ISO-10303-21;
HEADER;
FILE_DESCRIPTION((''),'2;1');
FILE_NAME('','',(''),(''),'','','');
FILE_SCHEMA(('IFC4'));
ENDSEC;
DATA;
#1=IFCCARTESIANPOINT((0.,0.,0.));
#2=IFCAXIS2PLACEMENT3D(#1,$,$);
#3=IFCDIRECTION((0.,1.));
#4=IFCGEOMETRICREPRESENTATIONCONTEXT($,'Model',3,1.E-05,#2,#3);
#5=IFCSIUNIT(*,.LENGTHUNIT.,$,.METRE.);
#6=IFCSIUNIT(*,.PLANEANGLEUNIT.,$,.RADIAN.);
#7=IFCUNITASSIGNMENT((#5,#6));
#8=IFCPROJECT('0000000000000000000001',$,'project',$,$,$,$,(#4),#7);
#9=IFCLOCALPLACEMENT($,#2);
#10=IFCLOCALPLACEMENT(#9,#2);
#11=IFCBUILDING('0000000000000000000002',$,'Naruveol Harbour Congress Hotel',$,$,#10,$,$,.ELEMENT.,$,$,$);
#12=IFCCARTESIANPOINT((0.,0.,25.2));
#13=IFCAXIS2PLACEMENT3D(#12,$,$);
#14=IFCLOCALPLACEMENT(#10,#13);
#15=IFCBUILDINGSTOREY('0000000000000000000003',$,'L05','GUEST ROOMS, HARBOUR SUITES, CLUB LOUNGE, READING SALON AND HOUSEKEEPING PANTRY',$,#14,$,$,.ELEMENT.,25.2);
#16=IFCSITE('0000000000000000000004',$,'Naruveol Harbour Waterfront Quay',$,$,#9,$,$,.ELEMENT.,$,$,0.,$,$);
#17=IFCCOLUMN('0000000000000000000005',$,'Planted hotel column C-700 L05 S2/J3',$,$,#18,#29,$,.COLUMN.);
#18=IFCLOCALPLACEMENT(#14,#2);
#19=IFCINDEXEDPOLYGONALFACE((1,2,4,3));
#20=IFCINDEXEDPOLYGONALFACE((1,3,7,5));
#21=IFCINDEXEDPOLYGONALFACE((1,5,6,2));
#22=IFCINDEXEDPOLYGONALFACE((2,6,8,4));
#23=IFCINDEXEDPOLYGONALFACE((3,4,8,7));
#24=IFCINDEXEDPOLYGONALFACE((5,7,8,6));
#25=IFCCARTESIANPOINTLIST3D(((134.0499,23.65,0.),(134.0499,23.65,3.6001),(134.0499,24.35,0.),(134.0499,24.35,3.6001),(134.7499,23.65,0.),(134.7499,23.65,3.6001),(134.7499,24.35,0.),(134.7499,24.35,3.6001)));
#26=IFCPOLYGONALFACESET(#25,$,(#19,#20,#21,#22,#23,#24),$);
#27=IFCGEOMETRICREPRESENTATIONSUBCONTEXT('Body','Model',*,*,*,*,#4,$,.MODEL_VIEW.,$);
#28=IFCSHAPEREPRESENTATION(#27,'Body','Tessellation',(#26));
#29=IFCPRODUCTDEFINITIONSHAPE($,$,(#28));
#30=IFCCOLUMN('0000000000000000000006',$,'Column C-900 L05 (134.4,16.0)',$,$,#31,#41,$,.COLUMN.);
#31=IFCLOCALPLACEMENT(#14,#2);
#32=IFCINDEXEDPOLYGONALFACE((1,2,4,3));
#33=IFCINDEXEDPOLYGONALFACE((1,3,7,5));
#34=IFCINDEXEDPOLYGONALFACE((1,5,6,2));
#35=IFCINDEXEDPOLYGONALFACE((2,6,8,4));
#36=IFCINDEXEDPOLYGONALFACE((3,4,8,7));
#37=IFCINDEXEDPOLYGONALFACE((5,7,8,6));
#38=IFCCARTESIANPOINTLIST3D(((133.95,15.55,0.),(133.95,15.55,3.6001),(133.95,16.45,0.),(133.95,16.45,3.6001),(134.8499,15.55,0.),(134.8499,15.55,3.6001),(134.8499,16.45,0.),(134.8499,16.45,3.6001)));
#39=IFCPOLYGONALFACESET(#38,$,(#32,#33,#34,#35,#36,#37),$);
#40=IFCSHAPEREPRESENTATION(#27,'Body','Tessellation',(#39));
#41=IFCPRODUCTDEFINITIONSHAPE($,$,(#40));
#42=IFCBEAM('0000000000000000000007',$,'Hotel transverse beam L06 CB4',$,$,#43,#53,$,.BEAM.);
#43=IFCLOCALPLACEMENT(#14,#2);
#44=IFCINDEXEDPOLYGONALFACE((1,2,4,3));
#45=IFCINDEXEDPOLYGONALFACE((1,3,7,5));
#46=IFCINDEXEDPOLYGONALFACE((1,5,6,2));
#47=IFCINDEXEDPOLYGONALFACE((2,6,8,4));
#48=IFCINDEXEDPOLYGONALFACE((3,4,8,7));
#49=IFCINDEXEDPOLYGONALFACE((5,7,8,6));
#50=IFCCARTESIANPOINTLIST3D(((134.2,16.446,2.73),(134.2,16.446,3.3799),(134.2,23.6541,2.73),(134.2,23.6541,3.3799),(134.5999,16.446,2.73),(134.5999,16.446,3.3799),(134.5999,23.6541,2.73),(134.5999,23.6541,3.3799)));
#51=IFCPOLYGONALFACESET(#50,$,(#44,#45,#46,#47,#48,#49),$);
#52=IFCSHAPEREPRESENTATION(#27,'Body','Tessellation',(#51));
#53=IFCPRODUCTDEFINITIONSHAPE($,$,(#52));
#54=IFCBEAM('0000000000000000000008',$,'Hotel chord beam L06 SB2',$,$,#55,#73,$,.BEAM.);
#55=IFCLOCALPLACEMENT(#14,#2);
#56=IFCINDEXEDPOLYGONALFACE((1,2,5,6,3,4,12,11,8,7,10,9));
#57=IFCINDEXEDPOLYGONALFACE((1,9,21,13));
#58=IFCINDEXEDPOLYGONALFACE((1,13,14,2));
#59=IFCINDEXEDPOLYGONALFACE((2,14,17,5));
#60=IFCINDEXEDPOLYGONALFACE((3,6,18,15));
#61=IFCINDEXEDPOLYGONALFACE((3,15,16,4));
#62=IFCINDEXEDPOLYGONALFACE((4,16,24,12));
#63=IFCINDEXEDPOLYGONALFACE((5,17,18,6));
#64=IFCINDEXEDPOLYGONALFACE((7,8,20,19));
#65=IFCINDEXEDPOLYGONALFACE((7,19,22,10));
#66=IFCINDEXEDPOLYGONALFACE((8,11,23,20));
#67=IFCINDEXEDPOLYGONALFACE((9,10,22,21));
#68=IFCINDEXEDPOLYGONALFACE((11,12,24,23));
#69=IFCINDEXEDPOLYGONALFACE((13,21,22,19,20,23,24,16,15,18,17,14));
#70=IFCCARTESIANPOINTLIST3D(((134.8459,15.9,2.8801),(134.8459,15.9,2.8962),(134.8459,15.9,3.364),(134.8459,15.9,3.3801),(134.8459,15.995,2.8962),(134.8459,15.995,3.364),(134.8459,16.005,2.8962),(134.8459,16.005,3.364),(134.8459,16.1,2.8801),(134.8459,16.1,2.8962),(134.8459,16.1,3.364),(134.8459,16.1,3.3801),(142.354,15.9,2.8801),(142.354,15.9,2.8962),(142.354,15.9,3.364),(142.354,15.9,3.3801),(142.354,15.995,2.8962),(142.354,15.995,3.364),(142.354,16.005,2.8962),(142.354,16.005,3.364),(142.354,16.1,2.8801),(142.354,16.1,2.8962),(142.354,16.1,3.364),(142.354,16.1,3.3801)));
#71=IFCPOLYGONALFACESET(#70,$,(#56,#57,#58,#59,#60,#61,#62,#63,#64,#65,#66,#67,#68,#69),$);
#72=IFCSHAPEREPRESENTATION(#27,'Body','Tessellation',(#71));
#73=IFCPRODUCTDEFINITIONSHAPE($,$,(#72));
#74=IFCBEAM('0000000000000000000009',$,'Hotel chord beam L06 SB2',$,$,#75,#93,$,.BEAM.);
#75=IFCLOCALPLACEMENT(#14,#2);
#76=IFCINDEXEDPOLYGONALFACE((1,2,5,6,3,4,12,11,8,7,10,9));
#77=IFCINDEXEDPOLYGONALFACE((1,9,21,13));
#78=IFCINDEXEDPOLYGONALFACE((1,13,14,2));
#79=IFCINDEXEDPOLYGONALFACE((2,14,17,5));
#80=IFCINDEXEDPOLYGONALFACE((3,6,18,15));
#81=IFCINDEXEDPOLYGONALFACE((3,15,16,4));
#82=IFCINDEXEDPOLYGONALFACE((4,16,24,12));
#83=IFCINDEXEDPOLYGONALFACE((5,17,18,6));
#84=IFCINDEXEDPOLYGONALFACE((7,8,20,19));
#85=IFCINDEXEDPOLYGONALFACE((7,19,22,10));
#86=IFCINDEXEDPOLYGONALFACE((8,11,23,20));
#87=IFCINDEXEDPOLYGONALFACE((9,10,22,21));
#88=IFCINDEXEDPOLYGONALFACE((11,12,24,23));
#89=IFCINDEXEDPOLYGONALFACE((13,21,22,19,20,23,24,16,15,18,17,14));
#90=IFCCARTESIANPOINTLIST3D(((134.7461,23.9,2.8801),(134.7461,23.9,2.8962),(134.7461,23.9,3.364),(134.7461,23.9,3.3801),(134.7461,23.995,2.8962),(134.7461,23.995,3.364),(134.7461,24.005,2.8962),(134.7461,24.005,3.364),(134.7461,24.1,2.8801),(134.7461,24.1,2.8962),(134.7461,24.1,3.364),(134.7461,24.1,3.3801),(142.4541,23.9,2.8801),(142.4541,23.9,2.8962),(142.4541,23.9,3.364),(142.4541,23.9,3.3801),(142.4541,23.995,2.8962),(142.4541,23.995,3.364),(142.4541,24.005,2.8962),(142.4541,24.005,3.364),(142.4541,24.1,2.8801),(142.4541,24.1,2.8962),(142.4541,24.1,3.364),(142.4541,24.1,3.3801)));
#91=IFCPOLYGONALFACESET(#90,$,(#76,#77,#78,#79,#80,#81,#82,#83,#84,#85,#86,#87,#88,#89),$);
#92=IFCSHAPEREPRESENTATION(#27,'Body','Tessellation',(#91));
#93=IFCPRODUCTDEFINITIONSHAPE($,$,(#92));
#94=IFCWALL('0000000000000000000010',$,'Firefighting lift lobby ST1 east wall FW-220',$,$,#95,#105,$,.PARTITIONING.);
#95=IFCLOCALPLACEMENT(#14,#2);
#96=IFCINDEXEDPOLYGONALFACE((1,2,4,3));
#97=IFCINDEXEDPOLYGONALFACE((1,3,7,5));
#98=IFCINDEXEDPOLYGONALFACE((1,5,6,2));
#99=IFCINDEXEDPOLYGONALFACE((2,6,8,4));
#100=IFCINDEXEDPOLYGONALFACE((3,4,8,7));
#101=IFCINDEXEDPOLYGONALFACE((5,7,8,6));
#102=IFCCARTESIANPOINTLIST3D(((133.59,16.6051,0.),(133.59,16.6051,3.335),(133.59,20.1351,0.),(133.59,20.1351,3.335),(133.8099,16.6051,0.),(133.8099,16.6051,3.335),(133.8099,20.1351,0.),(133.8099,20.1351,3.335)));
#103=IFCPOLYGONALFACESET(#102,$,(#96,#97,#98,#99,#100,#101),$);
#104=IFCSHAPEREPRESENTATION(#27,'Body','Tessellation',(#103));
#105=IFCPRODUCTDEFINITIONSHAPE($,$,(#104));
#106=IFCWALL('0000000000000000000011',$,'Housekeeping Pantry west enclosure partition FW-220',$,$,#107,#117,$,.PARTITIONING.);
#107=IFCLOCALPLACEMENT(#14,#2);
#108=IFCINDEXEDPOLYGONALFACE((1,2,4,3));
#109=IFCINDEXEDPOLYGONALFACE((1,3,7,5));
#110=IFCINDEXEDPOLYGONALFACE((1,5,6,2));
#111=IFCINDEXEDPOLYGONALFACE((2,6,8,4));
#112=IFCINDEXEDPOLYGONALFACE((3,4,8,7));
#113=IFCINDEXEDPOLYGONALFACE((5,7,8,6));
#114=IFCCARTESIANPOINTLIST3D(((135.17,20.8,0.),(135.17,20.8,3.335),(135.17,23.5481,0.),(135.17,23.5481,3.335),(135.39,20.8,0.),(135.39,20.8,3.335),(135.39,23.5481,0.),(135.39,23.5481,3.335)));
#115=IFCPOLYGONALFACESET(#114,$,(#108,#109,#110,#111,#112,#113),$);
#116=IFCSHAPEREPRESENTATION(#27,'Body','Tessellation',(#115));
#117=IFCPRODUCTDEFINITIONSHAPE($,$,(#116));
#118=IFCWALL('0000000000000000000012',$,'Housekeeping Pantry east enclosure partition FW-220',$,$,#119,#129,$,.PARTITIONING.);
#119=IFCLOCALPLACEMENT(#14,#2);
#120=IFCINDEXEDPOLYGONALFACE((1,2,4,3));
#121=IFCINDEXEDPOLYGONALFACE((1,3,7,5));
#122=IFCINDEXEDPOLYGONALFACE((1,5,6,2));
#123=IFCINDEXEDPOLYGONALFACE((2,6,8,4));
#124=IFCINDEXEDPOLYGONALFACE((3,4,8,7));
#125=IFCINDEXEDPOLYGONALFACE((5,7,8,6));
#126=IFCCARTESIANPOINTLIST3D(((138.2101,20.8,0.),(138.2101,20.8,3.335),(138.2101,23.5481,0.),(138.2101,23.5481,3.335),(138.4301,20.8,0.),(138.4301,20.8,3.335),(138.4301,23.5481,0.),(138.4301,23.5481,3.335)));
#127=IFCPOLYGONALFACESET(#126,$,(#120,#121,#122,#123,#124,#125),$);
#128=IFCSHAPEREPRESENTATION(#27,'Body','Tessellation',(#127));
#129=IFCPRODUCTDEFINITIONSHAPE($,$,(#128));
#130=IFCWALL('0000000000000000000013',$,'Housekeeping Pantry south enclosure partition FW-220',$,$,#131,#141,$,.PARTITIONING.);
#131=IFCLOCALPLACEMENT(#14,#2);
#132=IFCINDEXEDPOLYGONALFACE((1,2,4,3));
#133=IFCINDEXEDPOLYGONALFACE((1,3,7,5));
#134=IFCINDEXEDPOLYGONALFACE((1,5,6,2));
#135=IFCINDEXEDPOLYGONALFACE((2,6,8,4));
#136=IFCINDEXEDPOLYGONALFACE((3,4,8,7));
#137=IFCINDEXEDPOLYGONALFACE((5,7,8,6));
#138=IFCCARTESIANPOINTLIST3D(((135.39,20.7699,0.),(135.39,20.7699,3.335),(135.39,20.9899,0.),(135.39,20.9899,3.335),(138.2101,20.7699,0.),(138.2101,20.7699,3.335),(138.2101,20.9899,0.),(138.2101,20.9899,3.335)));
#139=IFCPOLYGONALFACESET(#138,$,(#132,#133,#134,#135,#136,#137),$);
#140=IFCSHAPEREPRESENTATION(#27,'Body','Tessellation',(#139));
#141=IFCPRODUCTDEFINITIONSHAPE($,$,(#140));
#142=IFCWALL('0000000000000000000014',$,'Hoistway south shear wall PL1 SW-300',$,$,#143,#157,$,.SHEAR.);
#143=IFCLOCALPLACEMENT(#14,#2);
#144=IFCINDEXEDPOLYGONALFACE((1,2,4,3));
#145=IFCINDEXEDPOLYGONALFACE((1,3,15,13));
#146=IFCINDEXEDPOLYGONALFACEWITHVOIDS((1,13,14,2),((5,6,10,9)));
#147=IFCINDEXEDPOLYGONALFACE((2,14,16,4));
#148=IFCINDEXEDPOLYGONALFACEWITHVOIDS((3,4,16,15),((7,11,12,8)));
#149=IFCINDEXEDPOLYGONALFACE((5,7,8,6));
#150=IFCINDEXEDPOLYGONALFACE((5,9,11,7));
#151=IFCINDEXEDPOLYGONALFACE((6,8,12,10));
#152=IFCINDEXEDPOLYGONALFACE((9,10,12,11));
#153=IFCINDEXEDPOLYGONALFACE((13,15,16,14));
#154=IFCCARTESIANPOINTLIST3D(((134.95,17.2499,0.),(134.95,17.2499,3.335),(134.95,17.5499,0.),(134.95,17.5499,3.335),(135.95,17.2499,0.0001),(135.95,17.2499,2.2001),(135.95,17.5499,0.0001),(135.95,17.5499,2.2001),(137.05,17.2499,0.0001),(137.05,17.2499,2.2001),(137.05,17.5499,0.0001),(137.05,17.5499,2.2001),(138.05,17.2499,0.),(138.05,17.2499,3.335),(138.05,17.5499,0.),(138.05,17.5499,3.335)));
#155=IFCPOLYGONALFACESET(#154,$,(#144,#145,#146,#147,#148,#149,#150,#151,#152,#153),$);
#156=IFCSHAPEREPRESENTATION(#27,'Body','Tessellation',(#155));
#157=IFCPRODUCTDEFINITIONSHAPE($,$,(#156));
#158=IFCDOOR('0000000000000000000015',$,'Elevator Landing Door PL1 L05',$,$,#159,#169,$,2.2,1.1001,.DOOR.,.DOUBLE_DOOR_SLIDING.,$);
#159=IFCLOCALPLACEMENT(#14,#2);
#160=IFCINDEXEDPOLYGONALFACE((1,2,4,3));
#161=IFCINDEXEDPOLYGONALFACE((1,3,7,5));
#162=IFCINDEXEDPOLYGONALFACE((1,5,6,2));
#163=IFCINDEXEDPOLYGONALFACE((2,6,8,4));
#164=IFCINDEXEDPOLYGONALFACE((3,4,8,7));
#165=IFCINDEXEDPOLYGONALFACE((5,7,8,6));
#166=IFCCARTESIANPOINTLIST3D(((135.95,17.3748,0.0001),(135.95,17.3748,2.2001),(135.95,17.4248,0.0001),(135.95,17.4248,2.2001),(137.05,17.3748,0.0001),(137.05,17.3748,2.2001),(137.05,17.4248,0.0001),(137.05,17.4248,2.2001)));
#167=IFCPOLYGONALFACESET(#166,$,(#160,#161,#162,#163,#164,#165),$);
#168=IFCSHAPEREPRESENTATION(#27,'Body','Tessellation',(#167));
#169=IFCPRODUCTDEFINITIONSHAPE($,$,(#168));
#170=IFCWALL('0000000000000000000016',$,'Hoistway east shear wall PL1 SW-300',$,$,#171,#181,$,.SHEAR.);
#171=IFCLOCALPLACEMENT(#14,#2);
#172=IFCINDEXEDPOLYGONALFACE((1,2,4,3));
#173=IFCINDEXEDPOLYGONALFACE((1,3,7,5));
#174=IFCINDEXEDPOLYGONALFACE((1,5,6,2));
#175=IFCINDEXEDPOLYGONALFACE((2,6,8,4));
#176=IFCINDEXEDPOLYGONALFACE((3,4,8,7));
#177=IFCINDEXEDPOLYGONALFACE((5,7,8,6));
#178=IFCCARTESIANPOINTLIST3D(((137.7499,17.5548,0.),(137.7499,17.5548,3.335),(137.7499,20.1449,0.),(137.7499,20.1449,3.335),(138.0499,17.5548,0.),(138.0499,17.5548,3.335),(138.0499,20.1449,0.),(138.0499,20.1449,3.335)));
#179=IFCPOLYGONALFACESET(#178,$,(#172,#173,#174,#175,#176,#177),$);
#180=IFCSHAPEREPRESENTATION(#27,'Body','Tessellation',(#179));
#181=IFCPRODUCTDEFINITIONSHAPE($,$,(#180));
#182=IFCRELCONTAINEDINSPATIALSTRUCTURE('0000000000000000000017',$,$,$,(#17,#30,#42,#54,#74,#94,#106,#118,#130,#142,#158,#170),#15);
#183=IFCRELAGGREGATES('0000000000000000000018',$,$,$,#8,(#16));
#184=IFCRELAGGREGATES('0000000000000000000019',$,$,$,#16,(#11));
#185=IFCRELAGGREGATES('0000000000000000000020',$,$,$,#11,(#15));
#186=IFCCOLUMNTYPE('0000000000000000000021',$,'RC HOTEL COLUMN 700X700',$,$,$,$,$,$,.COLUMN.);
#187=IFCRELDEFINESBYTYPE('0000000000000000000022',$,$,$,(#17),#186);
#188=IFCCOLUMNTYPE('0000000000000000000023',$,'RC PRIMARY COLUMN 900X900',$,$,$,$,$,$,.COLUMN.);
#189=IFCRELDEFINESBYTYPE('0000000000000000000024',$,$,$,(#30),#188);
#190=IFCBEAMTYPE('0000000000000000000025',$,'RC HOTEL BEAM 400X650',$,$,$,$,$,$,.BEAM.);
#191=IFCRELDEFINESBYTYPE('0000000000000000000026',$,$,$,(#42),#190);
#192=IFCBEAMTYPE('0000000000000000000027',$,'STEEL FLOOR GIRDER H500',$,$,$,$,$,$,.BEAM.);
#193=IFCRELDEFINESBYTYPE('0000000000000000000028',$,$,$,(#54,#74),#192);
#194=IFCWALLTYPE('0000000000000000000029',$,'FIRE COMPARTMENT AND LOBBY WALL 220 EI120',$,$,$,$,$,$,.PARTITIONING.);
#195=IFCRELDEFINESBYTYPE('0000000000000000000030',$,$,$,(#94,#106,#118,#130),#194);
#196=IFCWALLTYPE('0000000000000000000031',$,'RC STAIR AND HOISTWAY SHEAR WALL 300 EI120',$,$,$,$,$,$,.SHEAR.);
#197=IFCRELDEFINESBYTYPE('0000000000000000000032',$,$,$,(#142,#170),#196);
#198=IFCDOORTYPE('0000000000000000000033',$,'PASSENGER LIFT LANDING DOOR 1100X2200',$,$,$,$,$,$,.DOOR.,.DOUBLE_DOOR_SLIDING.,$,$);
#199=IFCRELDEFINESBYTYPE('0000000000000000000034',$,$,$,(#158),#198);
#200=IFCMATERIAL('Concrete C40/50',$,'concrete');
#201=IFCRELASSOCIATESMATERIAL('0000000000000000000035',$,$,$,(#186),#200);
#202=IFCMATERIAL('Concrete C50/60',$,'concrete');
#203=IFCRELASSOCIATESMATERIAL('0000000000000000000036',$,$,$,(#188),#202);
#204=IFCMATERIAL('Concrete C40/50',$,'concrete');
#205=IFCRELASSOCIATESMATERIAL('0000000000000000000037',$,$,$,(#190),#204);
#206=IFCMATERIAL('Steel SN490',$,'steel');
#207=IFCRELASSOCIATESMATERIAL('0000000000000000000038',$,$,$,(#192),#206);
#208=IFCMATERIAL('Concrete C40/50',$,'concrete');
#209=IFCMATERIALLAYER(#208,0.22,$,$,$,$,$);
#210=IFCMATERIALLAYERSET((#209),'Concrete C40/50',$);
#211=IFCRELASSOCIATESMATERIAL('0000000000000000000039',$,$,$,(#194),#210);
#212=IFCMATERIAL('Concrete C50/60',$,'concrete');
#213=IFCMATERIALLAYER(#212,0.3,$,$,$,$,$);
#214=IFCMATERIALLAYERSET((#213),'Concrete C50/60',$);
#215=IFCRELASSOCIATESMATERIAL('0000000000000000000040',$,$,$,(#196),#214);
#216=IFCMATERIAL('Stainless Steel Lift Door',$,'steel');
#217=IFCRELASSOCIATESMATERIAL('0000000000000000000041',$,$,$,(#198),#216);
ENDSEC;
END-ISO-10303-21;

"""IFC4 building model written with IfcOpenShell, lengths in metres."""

from ifc_helpers import new_model, si_unit, direction, frame, frame_2d, origin, origin_2d, place, context, subcontext, project, spatial, rectangle, i_section, extrude, material, layer, layer_set, material_profile, profile_set, type_object, element, fill, save


model = new_model("IFC4")

# Units and contexts
model_context = context("Model", 3, precision=1e-05, world=origin(), true_north=direction((0.0, 1.0)))
body_context = subcontext(model_context, "Body", "Model", "MODEL_VIEW")
ifc_project = project(units=[si_unit("LENGTHUNIT", "METRE"), si_unit("PLANEANGLEUNIT", "RADIAN")], contexts=[model_context])

# Site, building, storey
site_placement = place(None, origin())
site = spatial("IfcSite", under=ifc_project, at=site_placement, Name="Naruveol Harbour Waterfront Quay", CompositionType="ELEMENT", RefElevation=0.0)
building_placement = place(site_placement, origin())
building = spatial("IfcBuilding", under=site, at=building_placement, Name="Naruveol Harbour Congress Hotel", CompositionType="ELEMENT")
storey_placement = place(building_placement, frame((0.0, 0.0, 25.2)))
storey = spatial("IfcBuildingStorey", under=building, at=storey_placement, Name="L05", Description="GUEST ROOMS, HARBOUR SUITES, CLUB LOUNGE, READING SALON AND HOUSEKEEPING PANTRY", CompositionType="ELEMENT", Elevation=25.2)

# Columns
ifc_material_1 = material(Name="Concrete C40/50", Category="concrete")
ifc_material_profile_1 = material_profile(ifc_material_1, rectangle(XDim=0.7, YDim=0.7, at=origin_2d()), Name="RC-700x700")
ifc_profile_set_1 = profile_set([ifc_material_profile_1], Name="Concrete C40/50")
column_type_1 = type_object("IfcColumnType", Name="RC HOTEL COLUMN 700X700", PredefinedType="COLUMN", material=ifc_profile_set_1)
column_1_placement = place(storey_placement, frame((134.3999, 24.0, 0.0), z_axis=(0.0, 0.0, 1.0), x_axis=(1.0, 0.0, 0.0)))
element("IfcColumn", 1, at=column_1_placement, inside=storey, type_object=column_type_1, Name="Planted hotel column C-700 L05 S2/J3", PredefinedType="COLUMN", context=body_context, shape_type="SweptSolid", body=[
    extrude(rectangle(XDim=0.7, YDim=0.7, at=origin_2d()), origin(), (0.0, 0.0, 1.0), 3.6001),
])
ifc_material_2 = material(Name="Concrete C50/60", Category="concrete")
ifc_material_profile_2 = material_profile(ifc_material_2, rectangle(XDim=0.8999, YDim=0.8999, at=origin_2d()), Name="RC-900x900")
ifc_profile_set_2 = profile_set([ifc_material_profile_2], Name="Concrete C50/60")
column_type_2 = type_object("IfcColumnType", Name="RC PRIMARY COLUMN 900X900", PredefinedType="COLUMN", material=ifc_profile_set_2)
column_2_placement = place(storey_placement, frame((134.3999, 16.0, 0.0), z_axis=(0.0, 0.0, 1.0), x_axis=(1.0, 0.0, 0.0)))
element("IfcColumn", 2, at=column_2_placement, inside=storey, type_object=column_type_2, Name="Column C-900 L05 (134.4,16.0)", PredefinedType="COLUMN", context=body_context, shape_type="SweptSolid", body=[
    extrude(rectangle(XDim=0.8999, YDim=0.8999, at=origin_2d()), origin(), (0.0, 0.0, 1.0), 3.6001),
])

# Beams
ifc_material_3 = material(Name="Concrete C40/50", Category="concrete")
ifc_material_profile_3 = material_profile(ifc_material_3, rectangle(XDim=0.3999, YDim=0.6499, at=origin_2d()), Name="RCB-400x650")
ifc_profile_set_3 = profile_set([ifc_material_profile_3], Name="Concrete C40/50")
beam_type_1 = type_object("IfcBeamType", Name="RC HOTEL BEAM 400X650", PredefinedType="BEAM", material=ifc_profile_set_3)
beam_1_placement = place(storey_placement, frame((134.3999, 16.446, 3.0549), z_axis=(0.0, 1.0, 0.0), x_axis=(-1.0, 0.0, 0.0)))
element("IfcBeam", 3, at=beam_1_placement, inside=storey, type_object=beam_type_1, Name="Hotel transverse beam L06 CB4", PredefinedType="BEAM", context=body_context, shape_type="SweptSolid", body=[
    extrude(rectangle(XDim=0.3999, YDim=0.6499, at=origin_2d()), origin(), (0.0, 0.0, 1.0), 7.208),
])
ifc_material_4 = material(Name="Steel SN490", Category="steel")
ifc_material_profile_4 = material_profile(ifc_material_4, i_section(OverallWidth=0.2, OverallDepth=0.5, WebThickness=0.01, FlangeThickness=0.0161, at=origin_2d()), Name="H-500x200x10x16")
ifc_profile_set_4 = profile_set([ifc_material_profile_4], Name="Steel SN490")
beam_type_2 = type_object("IfcBeamType", Name="STEEL FLOOR GIRDER H500", PredefinedType="BEAM", material=ifc_profile_set_4)
beam_2_placement = place(storey_placement, frame((134.8459, 16.0, 3.1301), z_axis=(1.0, 0.0, 0.0), x_axis=(0.0, 1.0, 0.0)))
element("IfcBeam", 4, at=beam_2_placement, inside=storey, type_object=beam_type_2, Name="Hotel chord beam L06 SB2", PredefinedType="BEAM", context=body_context, shape_type="SweptSolid", body=[
    extrude(i_section(OverallWidth=0.2, OverallDepth=0.5, WebThickness=0.01, FlangeThickness=0.0161, at=origin_2d()), origin(), (0.0, 0.0, 1.0), 7.5081),
])
beam_3_placement = place(storey_placement, frame((134.7461, 24.0, 3.1301), z_axis=(1.0, 0.0, 0.0), x_axis=(0.0, 1.0, 0.0)))
element("IfcBeam", 5, at=beam_3_placement, inside=storey, type_object=beam_type_2, Name="Hotel chord beam L06 SB2", PredefinedType="BEAM", context=body_context, shape_type="SweptSolid", body=[
    extrude(i_section(OverallWidth=0.2, OverallDepth=0.5, WebThickness=0.01, FlangeThickness=0.0161, at=origin_2d()), origin(), (0.0, 0.0, 1.0), 7.708),
])

# Wall
ifc_material_5 = material(Name="Concrete C40/50", Category="concrete")
ifc_layer_1 = layer(ifc_material_5, 0.22)
ifc_layer_set_1 = layer_set([ifc_layer_1], Name="Concrete C40/50")
wall_type_1 = type_object("IfcWallType", Name="FIRE COMPARTMENT AND LOBBY WALL 220 EI120", PredefinedType="PARTITIONING", material=ifc_layer_set_1)
wall_1_placement = place(storey_placement, frame((133.7, 16.605, 0.0), z_axis=(0.0, 0.0, 1.0), x_axis=(0.0, 1.0, 0.0)))
element("IfcWall", 6, at=wall_1_placement, inside=storey, type_object=wall_type_1, Name="Firefighting lift lobby ST1 east wall FW-220", PredefinedType="PARTITIONING", context=body_context, shape_type="SweptSolid", body=[
    extrude(rectangle(XDim=3.53, YDim=0.22, at=frame_2d((1.7651, 0.0))), origin(), (0.0, 0.0, 1.0), 3.335),
])

# Walls
for number, where, z_axis, x_axis, name in (
    (7, (135.28, 20.8, 0.0), (0.0, 0.0, 1.0), (0.0, 1.0, 0.0), "Housekeeping Pantry west enclosure partition FW-220"),
    (8, (138.3201, 20.8, 0.0), (0.0, 0.0, 1.0), (0.0, 1.0, 0.0), "Housekeeping Pantry east enclosure partition FW-220"),
):
    element("IfcWall", number, at=place(storey_placement, frame(where, z_axis=z_axis, x_axis=x_axis)), inside=storey, type_object=wall_type_1, Name=name, PredefinedType="PARTITIONING", context=body_context, shape_type="SweptSolid", body=[
        extrude(rectangle(XDim=2.748, YDim=0.22, at=frame_2d((1.374, 0.0))), origin(), (0.0, 0.0, 1.0), 3.335),
    ])
wall_2_placement = place(storey_placement, frame((135.3899, 20.8799, 0.0), z_axis=(0.0, 0.0, 1.0), x_axis=(1.0, 0.0, 0.0)))
element("IfcWall", 9, at=wall_2_placement, inside=storey, type_object=wall_type_1, Name="Housekeeping Pantry south enclosure partition FW-220", PredefinedType="PARTITIONING", context=body_context, shape_type="SweptSolid", body=[
    extrude(rectangle(XDim=2.8201, YDim=0.22, at=frame_2d((1.4102, 0.0))), origin(), (0.0, 0.0, 1.0), 3.335),
])

# Wall, opening, door
ifc_material_6 = material(Name="Concrete C50/60", Category="concrete")
ifc_layer_2 = layer(ifc_material_6, 0.3)
ifc_layer_set_2 = layer_set([ifc_layer_2], Name="Concrete C50/60")
wall_type_2 = type_object("IfcWallType", Name="RC STAIR AND HOISTWAY SHEAR WALL 300 EI120", PredefinedType="SHEAR", material=ifc_layer_set_2)
wall_3_placement = place(storey_placement, frame((134.95, 17.3999, 0.0), z_axis=(0.0, 0.0, 1.0), x_axis=(1.0, 0.0, 0.0)))
wall_3 = element("IfcWall", 10, at=wall_3_placement, inside=storey, type_object=wall_type_2, Name="Hoistway south shear wall PL1 SW-300", PredefinedType="SHEAR", context=body_context, shape_type="SweptSolid", body=[
    extrude(rectangle(XDim=3.1001, YDim=0.3, at=frame_2d((1.55, 0.0))), origin(), (0.0, 0.0, 1.0), 3.335),
])
opening_1_placement = place(wall_3_placement, frame((1.0, 0.0, 0.0)))
opening_1 = element("IfcOpeningElement", 11, at=opening_1_placement, cuts=wall_3, PredefinedType="OPENING", context=body_context, shape_type="SweptSolid", body=[
    extrude(rectangle(XDim=1.1001, YDim=2.2, at=frame_2d((0.55, 1.1001))), frame((0.0, 0.1599, 0.0), z_axis=(0.0, -1.0, 0.0), x_axis=(1.0, 0.0, 0.0)), (0.0, 0.0, 1.0), 0.3201),
])
ifc_material_7 = material(Name="Stainless Steel Lift Door", Category="steel")
door_type_1 = type_object("IfcDoorType", Name="PASSENGER LIFT LANDING DOOR 1100X2200", OperationType="DOUBLE_DOOR_SLIDING", PredefinedType="DOOR", material=ifc_material_7)
door_1_placement = place(opening_1_placement, origin())
door_1 = element("IfcDoor", 12, at=door_1_placement, inside=storey, type_object=door_type_1, Name="Elevator Landing Door PL1 L05", OperationType="DOUBLE_DOOR_SLIDING", OverallHeight=2.2, OverallWidth=1.1001, PredefinedType="DOOR", context=body_context, shape_type="SweptSolid", body=[
    extrude(rectangle(XDim=1.1001, YDim=2.2, at=frame_2d((0.55, 1.1001))), frame((0.0, 0.0249, 0.0), z_axis=(0.0, -1.0, 0.0), x_axis=(1.0, 0.0, 0.0)), (0.0, 0.0, 1.0), 0.05),
])
fill(opening_1, door_1)

# Wall
wall_4_placement = place(storey_placement, frame((137.8999, 17.5549, 0.0), z_axis=(0.0, 0.0, 1.0), x_axis=(0.0, 1.0, 0.0)))
element("IfcWall", 13, at=wall_4_placement, inside=storey, type_object=wall_type_2, Name="Hoistway east shear wall PL1 SW-300", PredefinedType="SHEAR", context=body_context, shape_type="SweptSolid", body=[
    extrude(rectangle(XDim=2.5901, YDim=0.3, at=frame_2d((1.2949, 0.0))), origin(), (0.0, 0.0, 1.0), 3.335),
])

save(model, "model.ifc")
